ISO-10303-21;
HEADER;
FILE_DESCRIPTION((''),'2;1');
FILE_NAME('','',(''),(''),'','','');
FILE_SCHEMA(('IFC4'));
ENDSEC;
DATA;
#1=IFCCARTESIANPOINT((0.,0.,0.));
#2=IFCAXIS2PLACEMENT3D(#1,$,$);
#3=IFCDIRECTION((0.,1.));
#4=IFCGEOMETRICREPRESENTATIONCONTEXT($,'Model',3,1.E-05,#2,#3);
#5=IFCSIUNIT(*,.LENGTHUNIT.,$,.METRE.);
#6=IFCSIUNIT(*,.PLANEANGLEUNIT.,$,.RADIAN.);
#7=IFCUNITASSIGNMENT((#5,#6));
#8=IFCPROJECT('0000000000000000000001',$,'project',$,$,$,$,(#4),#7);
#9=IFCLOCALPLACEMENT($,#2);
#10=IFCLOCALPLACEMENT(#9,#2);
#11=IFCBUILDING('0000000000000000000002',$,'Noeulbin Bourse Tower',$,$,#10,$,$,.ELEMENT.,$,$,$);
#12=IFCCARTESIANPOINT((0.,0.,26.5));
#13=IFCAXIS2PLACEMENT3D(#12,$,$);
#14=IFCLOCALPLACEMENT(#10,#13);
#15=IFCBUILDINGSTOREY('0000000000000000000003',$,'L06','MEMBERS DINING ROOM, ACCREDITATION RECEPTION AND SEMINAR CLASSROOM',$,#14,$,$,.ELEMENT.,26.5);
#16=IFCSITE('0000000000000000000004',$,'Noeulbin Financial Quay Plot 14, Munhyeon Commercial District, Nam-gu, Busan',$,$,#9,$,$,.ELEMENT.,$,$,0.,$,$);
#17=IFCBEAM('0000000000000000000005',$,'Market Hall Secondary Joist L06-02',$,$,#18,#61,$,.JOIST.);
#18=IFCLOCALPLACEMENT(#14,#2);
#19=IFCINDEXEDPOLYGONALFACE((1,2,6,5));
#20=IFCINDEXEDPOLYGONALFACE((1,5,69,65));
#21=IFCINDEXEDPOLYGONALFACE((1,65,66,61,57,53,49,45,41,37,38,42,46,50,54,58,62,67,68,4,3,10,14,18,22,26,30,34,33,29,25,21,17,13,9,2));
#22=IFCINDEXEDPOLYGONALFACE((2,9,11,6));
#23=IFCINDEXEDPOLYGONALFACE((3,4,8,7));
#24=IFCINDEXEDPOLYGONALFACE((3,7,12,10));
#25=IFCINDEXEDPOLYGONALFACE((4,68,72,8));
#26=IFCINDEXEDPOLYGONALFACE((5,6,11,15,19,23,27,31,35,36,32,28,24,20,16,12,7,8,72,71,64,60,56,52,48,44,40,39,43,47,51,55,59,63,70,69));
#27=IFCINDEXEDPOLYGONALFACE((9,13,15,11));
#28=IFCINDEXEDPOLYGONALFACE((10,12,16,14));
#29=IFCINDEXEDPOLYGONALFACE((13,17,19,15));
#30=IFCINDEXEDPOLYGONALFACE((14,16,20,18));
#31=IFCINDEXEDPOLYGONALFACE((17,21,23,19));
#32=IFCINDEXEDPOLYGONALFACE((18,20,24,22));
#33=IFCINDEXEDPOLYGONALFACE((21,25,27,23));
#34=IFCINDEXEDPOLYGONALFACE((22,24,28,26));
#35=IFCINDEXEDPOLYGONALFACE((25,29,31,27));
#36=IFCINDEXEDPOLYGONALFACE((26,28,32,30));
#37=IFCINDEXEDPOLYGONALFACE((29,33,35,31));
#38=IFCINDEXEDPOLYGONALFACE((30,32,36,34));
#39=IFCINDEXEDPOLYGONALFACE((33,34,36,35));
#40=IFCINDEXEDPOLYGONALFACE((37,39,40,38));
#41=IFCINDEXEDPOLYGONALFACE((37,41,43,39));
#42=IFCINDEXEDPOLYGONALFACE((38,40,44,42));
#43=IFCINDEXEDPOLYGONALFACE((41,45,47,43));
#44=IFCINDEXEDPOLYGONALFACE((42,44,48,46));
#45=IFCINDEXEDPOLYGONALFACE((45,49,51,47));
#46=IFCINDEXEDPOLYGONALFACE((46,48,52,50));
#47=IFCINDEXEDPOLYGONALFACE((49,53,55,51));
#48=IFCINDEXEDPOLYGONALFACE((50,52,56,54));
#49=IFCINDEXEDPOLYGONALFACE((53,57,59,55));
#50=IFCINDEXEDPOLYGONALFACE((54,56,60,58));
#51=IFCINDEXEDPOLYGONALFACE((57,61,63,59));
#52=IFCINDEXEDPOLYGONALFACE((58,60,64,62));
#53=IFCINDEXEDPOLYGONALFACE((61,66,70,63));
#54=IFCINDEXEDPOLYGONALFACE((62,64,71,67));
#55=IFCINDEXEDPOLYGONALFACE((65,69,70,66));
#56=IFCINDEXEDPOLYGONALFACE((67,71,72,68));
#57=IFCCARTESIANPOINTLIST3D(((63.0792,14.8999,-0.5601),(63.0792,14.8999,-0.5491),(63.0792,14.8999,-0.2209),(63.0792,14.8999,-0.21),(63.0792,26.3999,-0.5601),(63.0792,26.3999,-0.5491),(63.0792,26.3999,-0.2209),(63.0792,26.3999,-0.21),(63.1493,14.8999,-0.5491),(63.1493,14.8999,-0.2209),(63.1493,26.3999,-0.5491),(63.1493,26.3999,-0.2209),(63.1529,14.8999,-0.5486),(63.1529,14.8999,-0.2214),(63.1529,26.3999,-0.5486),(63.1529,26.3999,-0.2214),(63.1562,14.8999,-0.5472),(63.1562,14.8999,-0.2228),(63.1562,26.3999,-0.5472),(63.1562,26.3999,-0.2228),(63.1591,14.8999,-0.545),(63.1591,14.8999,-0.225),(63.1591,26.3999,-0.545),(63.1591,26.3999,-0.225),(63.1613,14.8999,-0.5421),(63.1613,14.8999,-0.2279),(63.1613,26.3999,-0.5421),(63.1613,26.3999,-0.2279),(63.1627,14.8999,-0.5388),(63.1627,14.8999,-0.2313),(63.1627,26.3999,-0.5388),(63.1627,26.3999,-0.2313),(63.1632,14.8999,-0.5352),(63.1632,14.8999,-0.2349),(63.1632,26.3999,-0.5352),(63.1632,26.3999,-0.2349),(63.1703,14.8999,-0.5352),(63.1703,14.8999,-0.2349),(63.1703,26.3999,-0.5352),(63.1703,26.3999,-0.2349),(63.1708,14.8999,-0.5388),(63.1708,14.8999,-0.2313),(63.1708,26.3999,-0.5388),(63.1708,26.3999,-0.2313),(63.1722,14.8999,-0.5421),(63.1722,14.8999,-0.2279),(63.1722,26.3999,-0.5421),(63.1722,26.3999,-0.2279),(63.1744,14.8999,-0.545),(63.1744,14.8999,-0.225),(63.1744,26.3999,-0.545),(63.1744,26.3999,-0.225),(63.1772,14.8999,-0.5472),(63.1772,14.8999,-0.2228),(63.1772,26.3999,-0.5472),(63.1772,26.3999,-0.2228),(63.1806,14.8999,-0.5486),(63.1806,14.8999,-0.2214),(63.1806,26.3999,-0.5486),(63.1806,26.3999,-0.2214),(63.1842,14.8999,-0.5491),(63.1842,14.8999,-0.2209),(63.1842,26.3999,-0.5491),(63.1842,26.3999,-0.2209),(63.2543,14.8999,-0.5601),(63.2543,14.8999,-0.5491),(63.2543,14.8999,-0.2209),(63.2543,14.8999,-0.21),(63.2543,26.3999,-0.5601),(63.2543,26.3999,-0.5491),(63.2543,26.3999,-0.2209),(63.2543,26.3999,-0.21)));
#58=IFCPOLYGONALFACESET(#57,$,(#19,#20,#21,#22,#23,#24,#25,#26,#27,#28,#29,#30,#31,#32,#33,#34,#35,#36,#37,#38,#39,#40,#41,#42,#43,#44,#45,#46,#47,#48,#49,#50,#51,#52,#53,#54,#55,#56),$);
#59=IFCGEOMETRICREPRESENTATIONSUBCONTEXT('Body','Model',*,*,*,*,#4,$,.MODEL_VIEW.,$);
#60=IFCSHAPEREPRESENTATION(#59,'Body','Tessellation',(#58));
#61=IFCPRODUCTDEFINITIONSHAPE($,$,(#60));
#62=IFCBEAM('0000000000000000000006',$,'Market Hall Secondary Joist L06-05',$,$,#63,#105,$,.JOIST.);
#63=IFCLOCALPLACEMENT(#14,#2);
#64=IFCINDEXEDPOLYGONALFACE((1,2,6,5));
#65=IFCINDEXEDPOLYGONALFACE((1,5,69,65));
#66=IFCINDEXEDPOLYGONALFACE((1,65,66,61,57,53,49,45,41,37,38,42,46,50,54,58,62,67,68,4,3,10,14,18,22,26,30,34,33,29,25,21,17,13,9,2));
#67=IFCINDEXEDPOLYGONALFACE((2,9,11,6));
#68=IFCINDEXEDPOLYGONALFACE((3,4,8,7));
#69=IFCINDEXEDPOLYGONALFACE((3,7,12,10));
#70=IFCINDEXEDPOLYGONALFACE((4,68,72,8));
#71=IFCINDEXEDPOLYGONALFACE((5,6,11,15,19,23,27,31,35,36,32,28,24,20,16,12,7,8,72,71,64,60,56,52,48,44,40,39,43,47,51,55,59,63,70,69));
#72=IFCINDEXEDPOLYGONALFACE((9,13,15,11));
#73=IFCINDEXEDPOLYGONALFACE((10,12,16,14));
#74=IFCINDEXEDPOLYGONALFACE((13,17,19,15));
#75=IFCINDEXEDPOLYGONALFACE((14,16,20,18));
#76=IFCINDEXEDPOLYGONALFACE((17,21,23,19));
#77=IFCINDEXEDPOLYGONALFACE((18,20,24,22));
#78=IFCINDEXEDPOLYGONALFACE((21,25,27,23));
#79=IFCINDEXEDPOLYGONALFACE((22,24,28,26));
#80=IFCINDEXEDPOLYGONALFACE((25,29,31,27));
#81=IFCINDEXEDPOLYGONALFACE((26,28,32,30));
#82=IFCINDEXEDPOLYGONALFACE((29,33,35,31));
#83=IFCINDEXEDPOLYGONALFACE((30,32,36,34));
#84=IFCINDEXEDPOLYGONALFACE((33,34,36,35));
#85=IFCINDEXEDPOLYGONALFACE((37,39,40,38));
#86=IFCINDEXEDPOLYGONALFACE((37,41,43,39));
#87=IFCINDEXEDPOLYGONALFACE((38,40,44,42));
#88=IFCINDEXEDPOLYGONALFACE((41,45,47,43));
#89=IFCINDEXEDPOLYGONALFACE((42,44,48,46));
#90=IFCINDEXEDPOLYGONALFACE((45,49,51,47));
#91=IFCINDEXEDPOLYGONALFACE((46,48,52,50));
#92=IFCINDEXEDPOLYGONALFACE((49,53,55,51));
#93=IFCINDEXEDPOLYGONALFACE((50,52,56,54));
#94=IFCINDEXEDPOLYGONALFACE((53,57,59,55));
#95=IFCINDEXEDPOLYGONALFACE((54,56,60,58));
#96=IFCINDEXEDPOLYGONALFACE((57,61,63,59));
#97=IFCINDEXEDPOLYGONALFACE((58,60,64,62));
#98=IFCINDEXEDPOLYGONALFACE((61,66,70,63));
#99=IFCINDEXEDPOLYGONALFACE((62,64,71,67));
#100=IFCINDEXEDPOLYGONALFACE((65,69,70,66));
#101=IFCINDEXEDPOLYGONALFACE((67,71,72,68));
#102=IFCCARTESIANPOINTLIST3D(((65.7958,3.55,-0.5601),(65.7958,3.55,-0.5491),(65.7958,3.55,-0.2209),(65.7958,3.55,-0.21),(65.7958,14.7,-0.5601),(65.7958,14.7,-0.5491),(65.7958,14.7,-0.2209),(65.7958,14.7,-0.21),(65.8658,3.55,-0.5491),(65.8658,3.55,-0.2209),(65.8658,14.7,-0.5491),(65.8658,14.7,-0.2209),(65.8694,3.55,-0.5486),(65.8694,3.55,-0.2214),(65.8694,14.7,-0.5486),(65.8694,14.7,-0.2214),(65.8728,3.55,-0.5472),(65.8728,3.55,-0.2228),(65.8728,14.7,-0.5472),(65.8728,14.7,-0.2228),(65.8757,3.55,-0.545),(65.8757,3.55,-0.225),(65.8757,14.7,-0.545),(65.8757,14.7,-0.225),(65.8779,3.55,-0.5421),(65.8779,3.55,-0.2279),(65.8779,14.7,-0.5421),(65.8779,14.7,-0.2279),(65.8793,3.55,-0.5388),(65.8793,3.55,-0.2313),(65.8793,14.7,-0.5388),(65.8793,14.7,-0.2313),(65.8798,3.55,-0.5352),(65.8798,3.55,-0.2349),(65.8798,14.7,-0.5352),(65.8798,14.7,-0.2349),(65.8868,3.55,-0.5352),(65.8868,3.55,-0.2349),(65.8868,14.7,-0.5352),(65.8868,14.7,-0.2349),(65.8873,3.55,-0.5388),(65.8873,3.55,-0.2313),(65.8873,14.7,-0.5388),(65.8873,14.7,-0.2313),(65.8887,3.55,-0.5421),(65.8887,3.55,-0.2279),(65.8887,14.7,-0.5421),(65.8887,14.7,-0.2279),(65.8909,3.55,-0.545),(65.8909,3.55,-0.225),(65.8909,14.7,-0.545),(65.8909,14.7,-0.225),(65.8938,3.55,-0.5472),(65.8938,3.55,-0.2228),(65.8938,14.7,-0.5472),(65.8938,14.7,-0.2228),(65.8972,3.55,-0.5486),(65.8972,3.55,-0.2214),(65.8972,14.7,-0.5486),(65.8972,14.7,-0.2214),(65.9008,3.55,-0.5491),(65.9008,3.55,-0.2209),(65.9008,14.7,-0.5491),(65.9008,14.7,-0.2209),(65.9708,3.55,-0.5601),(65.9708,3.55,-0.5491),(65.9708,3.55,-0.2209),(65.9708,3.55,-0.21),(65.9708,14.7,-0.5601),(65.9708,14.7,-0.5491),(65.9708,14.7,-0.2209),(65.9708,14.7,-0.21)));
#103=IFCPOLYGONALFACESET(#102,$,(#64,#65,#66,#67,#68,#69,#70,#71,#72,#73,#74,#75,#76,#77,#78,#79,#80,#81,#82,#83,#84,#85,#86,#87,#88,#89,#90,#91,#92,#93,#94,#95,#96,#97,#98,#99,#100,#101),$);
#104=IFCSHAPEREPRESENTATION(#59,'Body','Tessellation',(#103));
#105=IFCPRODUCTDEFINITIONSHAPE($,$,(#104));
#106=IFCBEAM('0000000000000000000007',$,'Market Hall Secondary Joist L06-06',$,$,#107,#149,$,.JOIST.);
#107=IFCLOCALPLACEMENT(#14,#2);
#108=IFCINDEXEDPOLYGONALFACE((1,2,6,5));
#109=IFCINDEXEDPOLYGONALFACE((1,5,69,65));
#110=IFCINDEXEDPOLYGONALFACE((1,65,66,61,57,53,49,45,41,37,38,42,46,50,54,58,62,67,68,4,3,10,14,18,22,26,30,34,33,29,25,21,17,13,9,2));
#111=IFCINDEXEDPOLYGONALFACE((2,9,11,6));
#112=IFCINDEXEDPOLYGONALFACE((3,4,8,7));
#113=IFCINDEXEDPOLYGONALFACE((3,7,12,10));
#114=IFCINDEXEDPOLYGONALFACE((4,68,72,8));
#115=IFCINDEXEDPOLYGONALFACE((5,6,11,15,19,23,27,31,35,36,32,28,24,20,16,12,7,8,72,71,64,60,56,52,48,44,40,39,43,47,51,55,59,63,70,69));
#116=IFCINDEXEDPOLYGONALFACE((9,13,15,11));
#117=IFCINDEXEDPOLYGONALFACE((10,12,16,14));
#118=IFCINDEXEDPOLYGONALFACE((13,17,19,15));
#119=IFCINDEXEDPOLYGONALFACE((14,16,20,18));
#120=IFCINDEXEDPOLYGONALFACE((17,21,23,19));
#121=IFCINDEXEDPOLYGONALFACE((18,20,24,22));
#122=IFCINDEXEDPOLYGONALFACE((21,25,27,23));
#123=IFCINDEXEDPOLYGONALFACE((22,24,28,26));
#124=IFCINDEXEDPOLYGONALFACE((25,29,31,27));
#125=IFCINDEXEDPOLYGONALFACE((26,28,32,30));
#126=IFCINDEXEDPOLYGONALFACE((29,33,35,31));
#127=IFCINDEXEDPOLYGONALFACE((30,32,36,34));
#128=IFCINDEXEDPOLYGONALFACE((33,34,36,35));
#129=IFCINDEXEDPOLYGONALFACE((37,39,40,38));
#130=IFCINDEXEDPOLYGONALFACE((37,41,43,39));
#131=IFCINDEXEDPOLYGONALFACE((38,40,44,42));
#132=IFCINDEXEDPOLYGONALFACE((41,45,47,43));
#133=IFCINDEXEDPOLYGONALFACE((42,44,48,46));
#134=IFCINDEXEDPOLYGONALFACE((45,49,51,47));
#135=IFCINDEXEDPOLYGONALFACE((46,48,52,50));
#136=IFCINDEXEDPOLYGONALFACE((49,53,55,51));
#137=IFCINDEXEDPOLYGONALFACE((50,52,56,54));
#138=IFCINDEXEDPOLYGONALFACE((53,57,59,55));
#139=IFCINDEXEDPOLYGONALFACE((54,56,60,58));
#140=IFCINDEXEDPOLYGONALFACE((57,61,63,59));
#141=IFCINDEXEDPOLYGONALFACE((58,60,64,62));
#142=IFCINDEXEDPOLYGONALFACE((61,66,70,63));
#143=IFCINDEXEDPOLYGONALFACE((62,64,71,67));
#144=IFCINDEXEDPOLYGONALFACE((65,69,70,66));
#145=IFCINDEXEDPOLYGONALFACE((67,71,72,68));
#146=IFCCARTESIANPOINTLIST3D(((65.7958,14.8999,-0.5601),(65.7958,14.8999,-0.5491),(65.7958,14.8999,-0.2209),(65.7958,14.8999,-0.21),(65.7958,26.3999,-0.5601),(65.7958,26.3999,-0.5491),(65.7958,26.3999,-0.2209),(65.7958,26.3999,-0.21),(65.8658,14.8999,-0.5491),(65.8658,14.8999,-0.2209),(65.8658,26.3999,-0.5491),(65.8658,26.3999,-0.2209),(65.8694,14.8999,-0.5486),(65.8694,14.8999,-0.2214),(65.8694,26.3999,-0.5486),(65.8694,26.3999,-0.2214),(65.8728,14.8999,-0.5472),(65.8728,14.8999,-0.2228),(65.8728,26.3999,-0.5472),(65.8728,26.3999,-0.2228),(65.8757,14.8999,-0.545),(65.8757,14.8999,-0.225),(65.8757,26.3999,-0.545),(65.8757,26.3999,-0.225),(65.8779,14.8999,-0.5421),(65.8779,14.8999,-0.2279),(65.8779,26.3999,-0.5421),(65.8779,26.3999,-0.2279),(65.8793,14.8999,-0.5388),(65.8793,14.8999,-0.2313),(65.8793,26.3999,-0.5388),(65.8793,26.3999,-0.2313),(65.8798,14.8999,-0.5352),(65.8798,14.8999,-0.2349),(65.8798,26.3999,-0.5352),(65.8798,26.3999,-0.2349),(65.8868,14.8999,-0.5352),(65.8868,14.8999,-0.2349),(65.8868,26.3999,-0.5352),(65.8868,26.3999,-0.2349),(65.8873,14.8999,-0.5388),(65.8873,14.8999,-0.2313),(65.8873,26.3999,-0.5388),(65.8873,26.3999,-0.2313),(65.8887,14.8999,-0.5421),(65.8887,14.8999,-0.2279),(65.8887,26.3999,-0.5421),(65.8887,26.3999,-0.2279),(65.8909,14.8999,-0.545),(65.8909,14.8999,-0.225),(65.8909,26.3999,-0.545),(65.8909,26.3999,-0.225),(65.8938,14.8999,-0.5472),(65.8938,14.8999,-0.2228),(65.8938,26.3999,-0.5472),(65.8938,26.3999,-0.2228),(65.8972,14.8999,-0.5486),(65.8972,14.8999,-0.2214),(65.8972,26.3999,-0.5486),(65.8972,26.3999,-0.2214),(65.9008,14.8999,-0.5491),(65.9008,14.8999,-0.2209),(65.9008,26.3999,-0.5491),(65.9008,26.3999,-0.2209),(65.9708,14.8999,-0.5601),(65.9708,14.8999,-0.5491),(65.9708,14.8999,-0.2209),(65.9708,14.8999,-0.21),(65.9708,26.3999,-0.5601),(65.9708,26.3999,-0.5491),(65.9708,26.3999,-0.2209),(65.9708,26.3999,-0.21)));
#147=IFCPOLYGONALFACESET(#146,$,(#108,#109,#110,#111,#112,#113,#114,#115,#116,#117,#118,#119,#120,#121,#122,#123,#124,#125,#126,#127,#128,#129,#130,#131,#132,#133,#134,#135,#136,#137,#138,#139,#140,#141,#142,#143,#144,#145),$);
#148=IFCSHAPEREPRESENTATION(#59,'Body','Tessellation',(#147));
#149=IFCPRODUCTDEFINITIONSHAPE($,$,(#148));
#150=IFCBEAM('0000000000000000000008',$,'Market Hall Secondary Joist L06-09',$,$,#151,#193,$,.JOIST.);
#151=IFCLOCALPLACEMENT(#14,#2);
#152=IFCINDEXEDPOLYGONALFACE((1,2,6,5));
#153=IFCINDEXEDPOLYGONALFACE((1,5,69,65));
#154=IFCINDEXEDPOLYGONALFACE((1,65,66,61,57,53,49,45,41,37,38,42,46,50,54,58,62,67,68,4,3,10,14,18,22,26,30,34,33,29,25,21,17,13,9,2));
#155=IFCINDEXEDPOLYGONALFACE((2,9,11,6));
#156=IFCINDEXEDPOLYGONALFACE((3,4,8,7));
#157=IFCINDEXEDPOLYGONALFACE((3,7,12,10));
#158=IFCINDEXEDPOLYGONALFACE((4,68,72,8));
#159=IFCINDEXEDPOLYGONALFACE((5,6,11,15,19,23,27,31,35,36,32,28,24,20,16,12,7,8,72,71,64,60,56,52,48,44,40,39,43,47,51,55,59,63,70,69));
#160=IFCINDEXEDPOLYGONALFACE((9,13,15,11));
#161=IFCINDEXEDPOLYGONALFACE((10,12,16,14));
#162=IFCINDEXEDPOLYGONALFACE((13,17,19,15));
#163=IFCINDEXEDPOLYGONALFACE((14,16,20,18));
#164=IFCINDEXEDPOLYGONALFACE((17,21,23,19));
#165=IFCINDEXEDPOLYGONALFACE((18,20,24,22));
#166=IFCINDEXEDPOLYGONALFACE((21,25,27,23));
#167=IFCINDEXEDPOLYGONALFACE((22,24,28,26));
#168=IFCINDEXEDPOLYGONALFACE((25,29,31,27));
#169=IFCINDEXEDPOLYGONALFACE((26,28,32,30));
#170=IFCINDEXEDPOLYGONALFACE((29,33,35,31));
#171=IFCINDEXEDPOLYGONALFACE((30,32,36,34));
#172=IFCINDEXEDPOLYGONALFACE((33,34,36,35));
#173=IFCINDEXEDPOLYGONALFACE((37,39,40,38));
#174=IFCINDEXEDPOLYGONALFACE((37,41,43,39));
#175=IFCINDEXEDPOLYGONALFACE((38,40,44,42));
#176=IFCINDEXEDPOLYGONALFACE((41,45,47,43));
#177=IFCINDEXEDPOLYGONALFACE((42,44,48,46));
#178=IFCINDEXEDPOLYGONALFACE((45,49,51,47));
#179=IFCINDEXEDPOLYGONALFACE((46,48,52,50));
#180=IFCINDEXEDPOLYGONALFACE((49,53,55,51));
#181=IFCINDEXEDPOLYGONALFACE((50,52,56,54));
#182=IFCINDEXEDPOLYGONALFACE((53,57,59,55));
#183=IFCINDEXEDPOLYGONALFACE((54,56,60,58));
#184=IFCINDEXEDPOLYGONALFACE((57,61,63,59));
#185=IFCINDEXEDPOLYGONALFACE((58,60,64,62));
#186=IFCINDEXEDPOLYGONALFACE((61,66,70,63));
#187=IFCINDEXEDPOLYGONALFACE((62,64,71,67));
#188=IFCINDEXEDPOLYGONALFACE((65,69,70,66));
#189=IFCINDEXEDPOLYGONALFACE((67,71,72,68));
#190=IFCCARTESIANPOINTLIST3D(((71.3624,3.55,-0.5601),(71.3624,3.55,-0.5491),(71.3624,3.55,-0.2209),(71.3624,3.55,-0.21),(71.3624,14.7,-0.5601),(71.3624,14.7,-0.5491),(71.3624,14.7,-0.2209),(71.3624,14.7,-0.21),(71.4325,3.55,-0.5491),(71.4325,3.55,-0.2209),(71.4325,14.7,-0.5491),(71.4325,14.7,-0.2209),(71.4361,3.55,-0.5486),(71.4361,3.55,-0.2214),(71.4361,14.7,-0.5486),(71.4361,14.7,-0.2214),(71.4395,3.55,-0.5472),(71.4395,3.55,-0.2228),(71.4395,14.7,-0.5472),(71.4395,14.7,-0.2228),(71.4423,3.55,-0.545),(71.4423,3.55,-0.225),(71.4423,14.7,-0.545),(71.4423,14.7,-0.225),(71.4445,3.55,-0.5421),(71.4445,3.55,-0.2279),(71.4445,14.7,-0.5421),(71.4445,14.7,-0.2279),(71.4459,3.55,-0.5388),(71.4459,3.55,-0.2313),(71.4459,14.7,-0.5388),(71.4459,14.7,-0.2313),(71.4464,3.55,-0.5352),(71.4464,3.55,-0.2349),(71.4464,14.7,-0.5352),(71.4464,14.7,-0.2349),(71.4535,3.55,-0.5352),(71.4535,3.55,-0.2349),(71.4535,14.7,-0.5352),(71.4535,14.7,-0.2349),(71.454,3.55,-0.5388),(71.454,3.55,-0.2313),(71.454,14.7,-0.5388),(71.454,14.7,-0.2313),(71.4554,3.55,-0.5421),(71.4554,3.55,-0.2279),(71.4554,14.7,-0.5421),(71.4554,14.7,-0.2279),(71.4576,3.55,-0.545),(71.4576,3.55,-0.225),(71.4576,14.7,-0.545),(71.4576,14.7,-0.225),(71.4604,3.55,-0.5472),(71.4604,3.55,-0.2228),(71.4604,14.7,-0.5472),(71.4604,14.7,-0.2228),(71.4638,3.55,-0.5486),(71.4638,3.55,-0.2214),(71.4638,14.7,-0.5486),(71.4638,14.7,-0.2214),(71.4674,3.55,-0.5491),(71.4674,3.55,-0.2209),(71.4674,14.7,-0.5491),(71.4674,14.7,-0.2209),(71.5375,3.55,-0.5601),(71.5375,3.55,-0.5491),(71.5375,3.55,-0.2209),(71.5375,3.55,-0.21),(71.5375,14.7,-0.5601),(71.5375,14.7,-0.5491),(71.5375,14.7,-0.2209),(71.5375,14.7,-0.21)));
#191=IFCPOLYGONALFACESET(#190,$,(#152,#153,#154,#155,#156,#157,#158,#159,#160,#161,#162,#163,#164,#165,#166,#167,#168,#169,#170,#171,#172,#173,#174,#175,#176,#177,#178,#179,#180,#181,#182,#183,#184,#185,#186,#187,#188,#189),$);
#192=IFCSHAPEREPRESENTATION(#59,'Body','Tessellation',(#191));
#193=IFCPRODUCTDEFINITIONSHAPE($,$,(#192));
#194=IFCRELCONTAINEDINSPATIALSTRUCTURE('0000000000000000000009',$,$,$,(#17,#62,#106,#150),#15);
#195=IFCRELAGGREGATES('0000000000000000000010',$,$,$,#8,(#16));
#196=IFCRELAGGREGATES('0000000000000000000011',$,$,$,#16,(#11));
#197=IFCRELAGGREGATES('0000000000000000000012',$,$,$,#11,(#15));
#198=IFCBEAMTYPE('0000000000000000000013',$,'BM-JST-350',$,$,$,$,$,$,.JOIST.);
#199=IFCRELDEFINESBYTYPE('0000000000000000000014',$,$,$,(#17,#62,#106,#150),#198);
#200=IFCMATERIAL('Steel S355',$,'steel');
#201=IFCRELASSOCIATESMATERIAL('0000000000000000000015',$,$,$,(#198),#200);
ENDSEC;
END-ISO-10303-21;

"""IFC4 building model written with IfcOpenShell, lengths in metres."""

from ifc_helpers import new_model, si_unit, direction, frame, origin, origin_2d, place, context, subcontext, project, spatial, i_section, extrude, material, material_profile, profile_set, type_object, element, save


model = new_model("IFC4")

# Units and contexts
model_context = context("Model", 3, precision=1e-05, world=origin(), true_north=direction((0.0, 1.0)))
body_context = subcontext(model_context, "Body", "Model", "MODEL_VIEW")
ifc_project = project(units=[si_unit("LENGTHUNIT", "METRE"), si_unit("PLANEANGLEUNIT", "RADIAN")], contexts=[model_context])

# Site, building, storey
site_placement = place(None, origin())
site = spatial("IfcSite", under=ifc_project, at=site_placement, Name="Noeulbin Financial Quay Plot 14, Munhyeon Commercial District, Nam-gu, Busan", CompositionType="ELEMENT", RefElevation=0.0)
building_placement = place(site_placement, origin())
building = spatial("IfcBuilding", under=site, at=building_placement, Name="Noeulbin Bourse Tower", CompositionType="ELEMENT")
storey_placement = place(building_placement, frame((0.0, 0.0, 26.5)))
storey = spatial("IfcBuildingStorey", under=building, at=storey_placement, Name="L06", Description="MEMBERS DINING ROOM, ACCREDITATION RECEPTION AND SEMINAR CLASSROOM", CompositionType="ELEMENT", Elevation=26.5)

# Beams
ifc_material_1 = material(Name="Steel S355", Category="steel")
ifc_material_profile_1 = material_profile(ifc_material_1, i_section(OverallWidth=0.175, OverallDepth=0.3501, WebThickness=0.0071, FlangeThickness=0.011, FilletRadius=0.0139, at=origin_2d()), Name="H-350x175x7x11", Category="LoadBearing")
ifc_profile_set_1 = profile_set([ifc_material_profile_1], Name="Steel S355")
beam_type_1 = type_object("IfcBeamType", Name="BM-JST-350", PredefinedType="JOIST", material=ifc_profile_set_1)
beam_1_placement = place(storey_placement, frame((63.1667, 14.8999, -0.385), z_axis=(0.0, 1.0, 0.0), x_axis=(-1.0, 0.0, 0.0)))
element("IfcBeam", 1, at=beam_1_placement, inside=storey, type_object=beam_type_1, Name="Market Hall Secondary Joist L06-02", PredefinedType="JOIST", context=body_context, shape_type="SweptSolid", body=[
    extrude(i_section(OverallWidth=0.175, OverallDepth=0.3501, WebThickness=0.0071, FlangeThickness=0.011, FilletRadius=0.0139, at=origin_2d()), origin(), (0.0, 0.0, 1.0), 11.5),
])
beam_2_placement = place(storey_placement, frame((65.8833, 3.55, -0.385), z_axis=(0.0, 1.0, 0.0), x_axis=(-1.0, 0.0, 0.0)))
element("IfcBeam", 2, at=beam_2_placement, inside=storey, type_object=beam_type_1, Name="Market Hall Secondary Joist L06-05", PredefinedType="JOIST", context=body_context, shape_type="SweptSolid", body=[
    extrude(i_section(OverallWidth=0.175, OverallDepth=0.3501, WebThickness=0.0071, FlangeThickness=0.011, FilletRadius=0.0139, at=origin_2d()), origin(), (0.0, 0.0, 1.0), 11.1499),
])
beam_3_placement = place(storey_placement, frame((65.8833, 14.8999, -0.385), z_axis=(0.0, 1.0, 0.0), x_axis=(-1.0, 0.0, 0.0)))
element("IfcBeam", 3, at=beam_3_placement, inside=storey, type_object=beam_type_1, Name="Market Hall Secondary Joist L06-06", PredefinedType="JOIST", context=body_context, shape_type="SweptSolid", body=[
    extrude(i_section(OverallWidth=0.175, OverallDepth=0.3501, WebThickness=0.0071, FlangeThickness=0.011, FilletRadius=0.0139, at=origin_2d()), origin(), (0.0, 0.0, 1.0), 11.5),
])
beam_4_placement = place(storey_placement, frame((71.45, 3.55, -0.385), z_axis=(0.0, 1.0, 0.0), x_axis=(-1.0, 0.0, 0.0)))
element("IfcBeam", 4, at=beam_4_placement, inside=storey, type_object=beam_type_1, Name="Market Hall Secondary Joist L06-09", PredefinedType="JOIST", context=body_context, shape_type="SweptSolid", body=[
    extrude(i_section(OverallWidth=0.175, OverallDepth=0.3501, WebThickness=0.0071, FlangeThickness=0.011, FilletRadius=0.0139, at=origin_2d()), origin(), (0.0, 0.0, 1.0), 11.1499),
])

save(model, "model.ifc")
